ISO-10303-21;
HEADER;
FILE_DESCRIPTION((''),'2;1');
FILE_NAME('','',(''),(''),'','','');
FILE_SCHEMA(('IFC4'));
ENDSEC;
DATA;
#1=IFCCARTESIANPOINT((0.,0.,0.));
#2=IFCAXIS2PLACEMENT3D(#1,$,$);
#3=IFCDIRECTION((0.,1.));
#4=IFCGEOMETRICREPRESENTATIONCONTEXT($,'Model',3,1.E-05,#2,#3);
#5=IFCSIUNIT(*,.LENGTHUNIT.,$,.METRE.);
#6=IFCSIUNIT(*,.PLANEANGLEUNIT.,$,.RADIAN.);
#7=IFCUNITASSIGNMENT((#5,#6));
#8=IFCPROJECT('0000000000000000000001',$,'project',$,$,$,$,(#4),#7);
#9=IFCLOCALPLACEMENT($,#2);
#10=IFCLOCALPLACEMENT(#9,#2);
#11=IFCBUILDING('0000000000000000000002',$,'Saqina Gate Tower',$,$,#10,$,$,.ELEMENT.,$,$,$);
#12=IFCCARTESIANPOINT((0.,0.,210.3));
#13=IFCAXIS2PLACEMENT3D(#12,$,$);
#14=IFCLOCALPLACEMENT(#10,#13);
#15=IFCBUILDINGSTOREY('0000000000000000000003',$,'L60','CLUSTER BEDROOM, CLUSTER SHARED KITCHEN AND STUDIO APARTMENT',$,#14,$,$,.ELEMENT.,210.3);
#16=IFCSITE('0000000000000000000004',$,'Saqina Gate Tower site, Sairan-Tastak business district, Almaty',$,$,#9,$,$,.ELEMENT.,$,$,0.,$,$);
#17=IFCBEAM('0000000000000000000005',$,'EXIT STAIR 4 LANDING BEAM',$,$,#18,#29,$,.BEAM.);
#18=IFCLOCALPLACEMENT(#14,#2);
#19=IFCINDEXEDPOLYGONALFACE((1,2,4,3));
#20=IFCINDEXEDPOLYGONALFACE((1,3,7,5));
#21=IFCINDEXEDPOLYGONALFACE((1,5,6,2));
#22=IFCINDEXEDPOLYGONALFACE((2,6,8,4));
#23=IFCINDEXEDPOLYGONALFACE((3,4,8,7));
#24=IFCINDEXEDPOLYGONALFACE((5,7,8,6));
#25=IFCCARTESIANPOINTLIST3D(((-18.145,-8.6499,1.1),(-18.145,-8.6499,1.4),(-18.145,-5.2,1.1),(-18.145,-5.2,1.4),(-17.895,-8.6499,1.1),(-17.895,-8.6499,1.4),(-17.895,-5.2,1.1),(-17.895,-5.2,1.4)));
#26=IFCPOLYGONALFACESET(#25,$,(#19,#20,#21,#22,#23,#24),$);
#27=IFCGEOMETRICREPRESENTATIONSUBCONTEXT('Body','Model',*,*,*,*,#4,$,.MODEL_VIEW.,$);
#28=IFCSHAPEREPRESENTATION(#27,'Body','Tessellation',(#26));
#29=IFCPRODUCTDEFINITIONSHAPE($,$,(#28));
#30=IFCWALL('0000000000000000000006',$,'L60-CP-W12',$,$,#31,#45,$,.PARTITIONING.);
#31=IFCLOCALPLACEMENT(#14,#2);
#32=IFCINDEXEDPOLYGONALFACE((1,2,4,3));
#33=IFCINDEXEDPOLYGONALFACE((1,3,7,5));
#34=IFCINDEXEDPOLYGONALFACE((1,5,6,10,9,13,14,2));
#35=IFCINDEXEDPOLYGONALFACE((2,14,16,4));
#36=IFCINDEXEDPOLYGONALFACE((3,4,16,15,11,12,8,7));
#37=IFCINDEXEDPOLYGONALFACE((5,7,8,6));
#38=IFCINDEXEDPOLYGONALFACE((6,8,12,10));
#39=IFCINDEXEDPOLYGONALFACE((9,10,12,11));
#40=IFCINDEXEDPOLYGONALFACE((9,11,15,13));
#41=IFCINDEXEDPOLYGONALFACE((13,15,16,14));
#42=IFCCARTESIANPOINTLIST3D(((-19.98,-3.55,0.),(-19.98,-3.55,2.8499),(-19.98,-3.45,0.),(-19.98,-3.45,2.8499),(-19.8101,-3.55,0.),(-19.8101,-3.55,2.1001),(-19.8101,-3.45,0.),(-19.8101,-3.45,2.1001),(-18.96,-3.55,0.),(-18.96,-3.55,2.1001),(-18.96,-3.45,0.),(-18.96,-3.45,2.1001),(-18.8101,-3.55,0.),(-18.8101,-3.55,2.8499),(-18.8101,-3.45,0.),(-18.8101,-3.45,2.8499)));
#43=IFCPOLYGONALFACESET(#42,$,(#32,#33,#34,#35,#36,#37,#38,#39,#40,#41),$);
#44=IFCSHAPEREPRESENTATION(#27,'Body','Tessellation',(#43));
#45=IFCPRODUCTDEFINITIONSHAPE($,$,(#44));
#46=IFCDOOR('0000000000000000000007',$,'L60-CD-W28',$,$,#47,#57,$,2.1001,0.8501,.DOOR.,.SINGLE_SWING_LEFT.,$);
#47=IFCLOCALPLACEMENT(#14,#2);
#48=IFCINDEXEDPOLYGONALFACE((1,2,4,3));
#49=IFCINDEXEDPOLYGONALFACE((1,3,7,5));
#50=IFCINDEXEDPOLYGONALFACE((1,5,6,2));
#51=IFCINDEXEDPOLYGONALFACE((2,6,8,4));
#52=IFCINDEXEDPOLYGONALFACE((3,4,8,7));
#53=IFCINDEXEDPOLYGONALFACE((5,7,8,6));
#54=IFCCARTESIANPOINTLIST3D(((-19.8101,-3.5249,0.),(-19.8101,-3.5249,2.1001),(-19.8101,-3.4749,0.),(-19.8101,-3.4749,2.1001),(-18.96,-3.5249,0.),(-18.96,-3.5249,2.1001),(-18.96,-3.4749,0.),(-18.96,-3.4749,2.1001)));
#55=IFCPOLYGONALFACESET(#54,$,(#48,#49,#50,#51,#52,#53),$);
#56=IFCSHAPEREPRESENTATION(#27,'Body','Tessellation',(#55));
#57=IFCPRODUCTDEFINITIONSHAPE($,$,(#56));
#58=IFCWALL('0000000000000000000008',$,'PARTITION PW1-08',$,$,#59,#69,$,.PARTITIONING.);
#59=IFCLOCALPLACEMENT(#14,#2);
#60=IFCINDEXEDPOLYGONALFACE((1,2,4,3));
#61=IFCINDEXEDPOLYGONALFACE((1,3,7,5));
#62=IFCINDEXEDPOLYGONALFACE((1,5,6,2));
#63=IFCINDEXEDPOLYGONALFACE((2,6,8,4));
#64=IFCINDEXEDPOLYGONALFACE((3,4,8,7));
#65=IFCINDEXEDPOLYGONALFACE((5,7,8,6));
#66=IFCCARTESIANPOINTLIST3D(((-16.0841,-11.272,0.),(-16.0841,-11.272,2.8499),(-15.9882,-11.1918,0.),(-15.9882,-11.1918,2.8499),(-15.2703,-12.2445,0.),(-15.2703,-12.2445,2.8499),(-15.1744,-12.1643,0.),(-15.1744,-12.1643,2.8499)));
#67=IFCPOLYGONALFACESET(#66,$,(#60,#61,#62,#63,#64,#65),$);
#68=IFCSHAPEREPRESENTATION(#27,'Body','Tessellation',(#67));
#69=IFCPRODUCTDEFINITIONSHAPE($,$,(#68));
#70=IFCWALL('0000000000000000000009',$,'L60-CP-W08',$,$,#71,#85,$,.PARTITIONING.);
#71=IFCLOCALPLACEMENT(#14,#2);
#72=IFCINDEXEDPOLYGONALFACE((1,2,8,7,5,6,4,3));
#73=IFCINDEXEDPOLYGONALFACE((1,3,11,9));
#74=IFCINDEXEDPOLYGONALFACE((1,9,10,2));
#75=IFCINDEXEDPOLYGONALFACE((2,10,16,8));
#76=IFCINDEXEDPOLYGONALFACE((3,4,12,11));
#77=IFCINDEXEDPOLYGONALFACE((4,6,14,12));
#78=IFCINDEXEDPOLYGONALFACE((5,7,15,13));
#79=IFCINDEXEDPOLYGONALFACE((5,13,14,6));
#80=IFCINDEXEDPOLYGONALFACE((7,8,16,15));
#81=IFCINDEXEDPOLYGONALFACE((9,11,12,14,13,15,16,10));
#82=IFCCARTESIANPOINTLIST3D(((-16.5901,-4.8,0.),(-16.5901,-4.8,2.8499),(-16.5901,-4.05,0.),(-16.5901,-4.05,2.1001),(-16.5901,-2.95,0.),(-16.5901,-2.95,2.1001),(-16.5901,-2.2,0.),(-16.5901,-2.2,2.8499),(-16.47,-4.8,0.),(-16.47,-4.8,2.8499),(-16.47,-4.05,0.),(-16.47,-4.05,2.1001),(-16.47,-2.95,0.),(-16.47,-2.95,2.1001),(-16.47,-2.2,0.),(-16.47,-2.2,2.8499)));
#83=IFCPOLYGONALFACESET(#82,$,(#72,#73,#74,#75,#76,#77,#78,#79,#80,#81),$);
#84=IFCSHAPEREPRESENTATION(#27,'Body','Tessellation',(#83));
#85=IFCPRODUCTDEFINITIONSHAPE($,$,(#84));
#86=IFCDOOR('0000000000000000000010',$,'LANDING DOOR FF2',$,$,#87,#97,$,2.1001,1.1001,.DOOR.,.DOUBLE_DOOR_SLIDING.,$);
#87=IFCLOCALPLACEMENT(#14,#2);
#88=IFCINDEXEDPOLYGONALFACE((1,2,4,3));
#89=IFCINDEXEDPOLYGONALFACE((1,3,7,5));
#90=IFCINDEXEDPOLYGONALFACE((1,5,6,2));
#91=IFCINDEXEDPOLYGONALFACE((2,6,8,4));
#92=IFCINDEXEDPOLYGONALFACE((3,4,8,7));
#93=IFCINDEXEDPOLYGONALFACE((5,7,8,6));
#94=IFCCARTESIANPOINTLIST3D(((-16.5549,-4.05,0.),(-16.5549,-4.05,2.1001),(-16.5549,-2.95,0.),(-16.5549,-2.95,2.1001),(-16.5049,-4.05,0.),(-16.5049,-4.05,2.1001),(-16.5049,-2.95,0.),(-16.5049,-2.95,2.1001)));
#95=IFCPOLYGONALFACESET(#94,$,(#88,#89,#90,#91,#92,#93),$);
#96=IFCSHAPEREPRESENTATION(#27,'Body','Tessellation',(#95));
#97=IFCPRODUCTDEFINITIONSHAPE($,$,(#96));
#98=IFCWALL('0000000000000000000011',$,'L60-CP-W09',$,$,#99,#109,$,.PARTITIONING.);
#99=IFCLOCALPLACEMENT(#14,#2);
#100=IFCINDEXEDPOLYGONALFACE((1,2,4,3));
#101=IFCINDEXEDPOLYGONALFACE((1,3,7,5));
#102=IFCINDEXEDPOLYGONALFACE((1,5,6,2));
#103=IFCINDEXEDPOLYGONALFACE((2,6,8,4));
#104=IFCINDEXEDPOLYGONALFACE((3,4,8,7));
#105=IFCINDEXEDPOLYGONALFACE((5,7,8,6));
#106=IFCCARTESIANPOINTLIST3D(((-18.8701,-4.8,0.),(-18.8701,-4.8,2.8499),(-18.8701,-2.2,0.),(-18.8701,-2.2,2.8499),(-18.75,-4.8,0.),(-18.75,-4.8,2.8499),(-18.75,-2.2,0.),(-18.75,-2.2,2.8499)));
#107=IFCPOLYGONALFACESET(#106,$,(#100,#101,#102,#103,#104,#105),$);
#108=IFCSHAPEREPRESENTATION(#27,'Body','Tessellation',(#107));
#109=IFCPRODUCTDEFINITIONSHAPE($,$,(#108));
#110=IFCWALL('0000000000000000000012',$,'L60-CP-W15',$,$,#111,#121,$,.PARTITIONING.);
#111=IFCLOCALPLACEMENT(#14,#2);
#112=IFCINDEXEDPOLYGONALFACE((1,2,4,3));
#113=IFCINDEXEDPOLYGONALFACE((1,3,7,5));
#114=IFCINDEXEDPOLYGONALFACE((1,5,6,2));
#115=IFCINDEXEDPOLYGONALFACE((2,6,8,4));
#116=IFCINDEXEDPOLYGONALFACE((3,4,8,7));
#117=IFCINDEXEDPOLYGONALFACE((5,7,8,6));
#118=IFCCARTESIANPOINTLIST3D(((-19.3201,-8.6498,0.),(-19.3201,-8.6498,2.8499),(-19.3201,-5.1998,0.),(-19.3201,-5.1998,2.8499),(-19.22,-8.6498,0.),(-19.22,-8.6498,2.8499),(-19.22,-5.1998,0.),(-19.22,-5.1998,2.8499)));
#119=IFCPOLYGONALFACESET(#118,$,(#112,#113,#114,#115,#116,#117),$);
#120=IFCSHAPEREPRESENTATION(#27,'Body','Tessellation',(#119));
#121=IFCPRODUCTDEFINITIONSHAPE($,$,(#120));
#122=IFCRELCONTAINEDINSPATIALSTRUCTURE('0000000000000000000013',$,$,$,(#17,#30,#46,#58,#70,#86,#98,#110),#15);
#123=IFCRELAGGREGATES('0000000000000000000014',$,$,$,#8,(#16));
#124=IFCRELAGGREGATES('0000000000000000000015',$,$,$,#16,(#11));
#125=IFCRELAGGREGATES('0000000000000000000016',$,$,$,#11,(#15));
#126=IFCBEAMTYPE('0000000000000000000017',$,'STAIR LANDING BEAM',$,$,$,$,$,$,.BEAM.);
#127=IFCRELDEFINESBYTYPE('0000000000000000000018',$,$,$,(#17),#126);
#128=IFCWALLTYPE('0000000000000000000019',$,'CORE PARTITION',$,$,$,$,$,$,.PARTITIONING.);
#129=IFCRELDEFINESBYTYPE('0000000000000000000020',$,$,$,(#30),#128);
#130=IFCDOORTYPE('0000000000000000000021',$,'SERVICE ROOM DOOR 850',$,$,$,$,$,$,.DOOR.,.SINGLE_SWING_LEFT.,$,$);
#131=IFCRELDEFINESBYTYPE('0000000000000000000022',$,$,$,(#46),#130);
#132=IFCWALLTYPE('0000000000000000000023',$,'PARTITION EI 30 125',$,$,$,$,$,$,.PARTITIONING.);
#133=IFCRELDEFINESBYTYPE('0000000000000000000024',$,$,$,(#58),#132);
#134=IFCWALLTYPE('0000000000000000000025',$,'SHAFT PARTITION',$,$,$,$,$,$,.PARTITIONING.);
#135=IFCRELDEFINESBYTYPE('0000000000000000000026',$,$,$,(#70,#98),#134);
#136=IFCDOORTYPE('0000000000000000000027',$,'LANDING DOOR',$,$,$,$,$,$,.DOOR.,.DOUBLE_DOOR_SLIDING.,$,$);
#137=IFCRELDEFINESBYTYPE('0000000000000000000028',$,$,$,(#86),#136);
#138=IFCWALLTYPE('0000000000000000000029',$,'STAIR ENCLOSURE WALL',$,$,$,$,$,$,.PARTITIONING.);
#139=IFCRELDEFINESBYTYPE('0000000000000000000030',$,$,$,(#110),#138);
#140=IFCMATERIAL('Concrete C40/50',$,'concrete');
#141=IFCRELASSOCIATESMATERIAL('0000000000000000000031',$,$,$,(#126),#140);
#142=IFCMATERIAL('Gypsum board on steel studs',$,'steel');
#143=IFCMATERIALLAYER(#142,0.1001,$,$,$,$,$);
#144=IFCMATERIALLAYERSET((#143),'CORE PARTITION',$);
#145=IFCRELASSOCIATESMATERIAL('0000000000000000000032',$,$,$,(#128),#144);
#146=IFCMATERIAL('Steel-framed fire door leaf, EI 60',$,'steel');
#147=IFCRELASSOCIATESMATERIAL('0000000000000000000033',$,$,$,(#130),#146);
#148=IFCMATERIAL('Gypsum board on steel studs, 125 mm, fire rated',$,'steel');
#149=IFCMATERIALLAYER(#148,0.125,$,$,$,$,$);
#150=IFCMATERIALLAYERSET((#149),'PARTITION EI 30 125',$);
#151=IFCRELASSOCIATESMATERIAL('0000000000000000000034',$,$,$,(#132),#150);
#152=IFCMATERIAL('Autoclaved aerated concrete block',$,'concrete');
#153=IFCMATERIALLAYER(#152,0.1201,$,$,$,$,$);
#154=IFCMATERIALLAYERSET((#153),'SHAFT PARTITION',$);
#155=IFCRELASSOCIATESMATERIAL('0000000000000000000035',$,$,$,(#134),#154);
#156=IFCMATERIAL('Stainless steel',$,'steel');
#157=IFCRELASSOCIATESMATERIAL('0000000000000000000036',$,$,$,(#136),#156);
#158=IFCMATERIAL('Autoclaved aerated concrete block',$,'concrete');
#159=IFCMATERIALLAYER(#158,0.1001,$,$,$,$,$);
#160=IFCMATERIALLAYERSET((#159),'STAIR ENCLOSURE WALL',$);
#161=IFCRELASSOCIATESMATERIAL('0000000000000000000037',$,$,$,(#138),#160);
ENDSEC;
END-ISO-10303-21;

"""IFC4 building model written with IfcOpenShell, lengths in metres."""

from ifc_helpers import new_model, si_unit, direction, frame, frame_2d, origin, origin_2d, place, context, subcontext, project, spatial, rectangle, extrude, material, layer, layer_set, material_profile, profile_set, type_object, element, fill, save


model = new_model("IFC4")

# Units and contexts
model_context = context("Model", 3, precision=1e-05, world=origin(), true_north=direction((0.0, 1.0)))
body_context = subcontext(model_context, "Body", "Model", "MODEL_VIEW")
ifc_project = project(units=[si_unit("LENGTHUNIT", "METRE"), si_unit("PLANEANGLEUNIT", "RADIAN")], contexts=[model_context])

# Site, building, storey
site_placement = place(None, origin())
site = spatial("IfcSite", under=ifc_project, at=site_placement, Name="Saqina Gate Tower site, Sairan-Tastak business district, Almaty", CompositionType="ELEMENT", RefElevation=0.0)
building_placement = place(site_placement, origin())
building = spatial("IfcBuilding", under=site, at=building_placement, Name="Saqina Gate Tower", CompositionType="ELEMENT")
storey_placement = place(building_placement, frame((0.0, 0.0, 210.3)))
storey = spatial("IfcBuildingStorey", under=building, at=storey_placement, Name="L60", Description="CLUSTER BEDROOM, CLUSTER SHARED KITCHEN AND STUDIO APARTMENT", CompositionType="ELEMENT", Elevation=210.3)

# Beam
ifc_material_1 = material(Name="Concrete C40/50", Category="concrete")
ifc_material_profile = material_profile(ifc_material_1, rectangle(XDim=0.25, YDim=0.3, at=origin_2d()), Name="STAIR LANDING BEAM")
ifc_profile_set = profile_set([ifc_material_profile], Name="Concrete C40/50")
beam_type = type_object("IfcBeamType", Name="STAIR LANDING BEAM", PredefinedType="BEAM", material=ifc_profile_set)
beam_placement = place(storey_placement, frame((-18.02, -8.6499, 1.25), z_axis=(0.0, 1.0, 0.0), x_axis=(-1.0, 0.0, 0.0)))
element("IfcBeam", 1, at=beam_placement, inside=storey, type_object=beam_type, Name="EXIT STAIR 4 LANDING BEAM", PredefinedType="BEAM", context=body_context, shape_type="SweptSolid", body=[
    extrude(rectangle(XDim=0.25, YDim=0.3, at=origin_2d()), origin(), (0.0, 0.0, 1.0), 3.45),
])

# Wall, opening, door
ifc_material_2 = material(Name="Gypsum board on steel studs", Category="steel")
ifc_layer_1 = layer(ifc_material_2, 0.1001)
ifc_layer_set_1 = layer_set([ifc_layer_1], Name="CORE PARTITION")
wall_type_1 = type_object("IfcWallType", Name="CORE PARTITION", PredefinedType="PARTITIONING", material=ifc_layer_set_1)
wall_1_placement = place(storey_placement, frame((-18.8101, -3.5, 0.0), z_axis=(0.0, 0.0, 1.0), x_axis=(-1.0, 0.0, 0.0)))
wall_1 = element("IfcWall", 2, at=wall_1_placement, inside=storey, type_object=wall_type_1, Name="L60-CP-W12", PredefinedType="PARTITIONING", context=body_context, shape_type="SweptSolid", body=[
    extrude(rectangle(XDim=1.1699, YDim=0.1001, at=frame_2d((0.585, 0.0))), origin(), (0.0, 0.0, 1.0), 2.8499),
])
opening_1_placement = place(wall_1_placement, frame((0.1499, 0.0, 0.0)))
opening_1 = element("IfcOpeningElement", 3, at=opening_1_placement, cuts=wall_1, PredefinedType="OPENING", context=body_context, shape_type="SweptSolid", body=[
    extrude(rectangle(XDim=0.8501, YDim=2.1001, at=frame_2d((0.425, 1.05))), frame((0.0, 0.062, 0.0), z_axis=(0.0, -1.0, 0.0), x_axis=(1.0, 0.0, 0.0)), (0.0, 0.0, 1.0), 0.124),
])
ifc_material_3 = material(Name="Steel-framed fire door leaf, EI 60", Category="steel")
door_type_1 = type_object("IfcDoorType", Name="SERVICE ROOM DOOR 850", OperationType="SINGLE_SWING_LEFT", PredefinedType="DOOR", material=ifc_material_3)
door_1_placement = place(opening_1_placement, origin())
door_1 = element("IfcDoor", 4, at=door_1_placement, inside=storey, type_object=door_type_1, Name="L60-CD-W28", OperationType="SINGLE_SWING_LEFT", OverallHeight=2.1001, OverallWidth=0.8501, PredefinedType="DOOR", context=body_context, shape_type="SweptSolid", body=[
    extrude(rectangle(XDim=0.8501, YDim=2.1001, at=frame_2d((0.425, 1.05))), frame((0.0, 0.0249, 0.0), z_axis=(0.0, -1.0, 0.0), x_axis=(1.0, 0.0, 0.0)), (0.0, 0.0, 1.0), 0.05),
])
fill(opening_1, door_1)

# Wall
ifc_material_4 = material(Name="Gypsum board on steel studs, 125 mm, fire rated", Category="steel")
ifc_layer_2 = layer(ifc_material_4, 0.125)
ifc_layer_set_2 = layer_set([ifc_layer_2], Name="PARTITION EI 30 125")
wall_type_2 = type_object("IfcWallType", Name="PARTITION EI 30 125", PredefinedType="PARTITIONING", material=ifc_layer_set_2)
wall_2_placement = place(storey_placement, frame((-16.0361, -11.2319, 0.0), z_axis=(0.0, 0.0, 1.0), x_axis=(0.641755, -0.76691, 0.0)))
element("IfcWall", 5, at=wall_2_placement, inside=storey, type_object=wall_type_2, Name="PARTITION PW1-08", PredefinedType="PARTITIONING", context=body_context, shape_type="SweptSolid", body=[
    extrude(rectangle(XDim=1.2681, YDim=0.125, at=frame_2d((0.634, 0.0))), origin(), (0.0, 0.0, 1.0), 2.8499),
])

# Wall, opening, door
ifc_material_5 = material(Name="Autoclaved aerated concrete block", Category="concrete")
ifc_layer_3 = layer(ifc_material_5, 0.1201)
ifc_layer_set_3 = layer_set([ifc_layer_3], Name="SHAFT PARTITION")
wall_type_3 = type_object("IfcWallType", Name="SHAFT PARTITION", PredefinedType="PARTITIONING", material=ifc_layer_set_3)
wall_3_placement = place(storey_placement, frame((-16.53, -4.8, 0.0), z_axis=(0.0, 0.0, 1.0), x_axis=(0.0, 1.0, 0.0)))
wall_3 = element("IfcWall", 6, at=wall_3_placement, inside=storey, type_object=wall_type_3, Name="L60-CP-W08", PredefinedType="PARTITIONING", context=body_context, shape_type="SweptSolid", body=[
    extrude(rectangle(XDim=2.6001, YDim=0.1201, at=frame_2d((1.3, 0.0))), origin(), (0.0, 0.0, 1.0), 2.8499),
])
opening_2_placement = place(wall_3_placement, frame((0.75, 0.0, 0.0)))
opening_2 = element("IfcOpeningElement", 7, at=opening_2_placement, cuts=wall_3, PredefinedType="OPENING", context=body_context, shape_type="SweptSolid", body=[
    extrude(rectangle(XDim=1.1001, YDim=2.1001, at=frame_2d((0.55, 1.05))), frame((0.0, 0.072, 0.0), z_axis=(0.0, -1.0, 0.0), x_axis=(1.0, 0.0, 0.0)), (0.0, 0.0, 1.0), 0.144),
])
ifc_material_6 = material(Name="Stainless steel", Category="steel")
door_type_2 = type_object("IfcDoorType", Name="LANDING DOOR", OperationType="DOUBLE_DOOR_SLIDING", PredefinedType="DOOR", material=ifc_material_6)
door_2_placement = place(opening_2_placement, origin())
door_2 = element("IfcDoor", 8, at=door_2_placement, inside=storey, type_object=door_type_2, Name="LANDING DOOR FF2", OperationType="DOUBLE_DOOR_SLIDING", OverallHeight=2.1001, OverallWidth=1.1001, PredefinedType="DOOR", context=body_context, shape_type="SweptSolid", body=[
    extrude(rectangle(XDim=1.1001, YDim=2.1001, at=frame_2d((0.55, 1.05))), frame((0.0, 0.0249, 0.0), z_axis=(0.0, -1.0, 0.0), x_axis=(1.0, 0.0, 0.0)), (0.0, 0.0, 1.0), 0.05),
])
fill(opening_2, door_2)

# Walls
wall_4_placement = place(storey_placement, frame((-18.8101, -4.8, 0.0), z_axis=(0.0, 0.0, 1.0), x_axis=(0.0, 1.0, 0.0)))
element("IfcWall", 9, at=wall_4_placement, inside=storey, type_object=wall_type_3, Name="L60-CP-W09", PredefinedType="PARTITIONING", context=body_context, shape_type="SweptSolid", body=[
    extrude(rectangle(XDim=2.6001, YDim=0.1201, at=frame_2d((1.3, 0.0))), origin(), (0.0, 0.0, 1.0), 2.8499),
])
ifc_material_7 = material(Name="Autoclaved aerated concrete block", Category="concrete")
ifc_layer_4 = layer(ifc_material_7, 0.1001)
ifc_layer_set_4 = layer_set([ifc_layer_4], Name="STAIR ENCLOSURE WALL")
wall_type_4 = type_object("IfcWallType", Name="STAIR ENCLOSURE WALL", PredefinedType="PARTITIONING", material=ifc_layer_set_4)
wall_5_placement = place(storey_placement, frame((-19.27, -8.6499, 0.0), z_axis=(0.0, 0.0, 1.0), x_axis=(0.0, 1.0, 0.0)))
element("IfcWall", 10, at=wall_5_placement, inside=storey, type_object=wall_type_4, Name="L60-CP-W15", PredefinedType="PARTITIONING", context=body_context, shape_type="SweptSolid", body=[
    extrude(rectangle(XDim=3.45, YDim=0.1001, at=frame_2d((1.7251, 0.0))), origin(), (0.0, 0.0, 1.0), 2.8499),
])

save(model, "model.ifc")
